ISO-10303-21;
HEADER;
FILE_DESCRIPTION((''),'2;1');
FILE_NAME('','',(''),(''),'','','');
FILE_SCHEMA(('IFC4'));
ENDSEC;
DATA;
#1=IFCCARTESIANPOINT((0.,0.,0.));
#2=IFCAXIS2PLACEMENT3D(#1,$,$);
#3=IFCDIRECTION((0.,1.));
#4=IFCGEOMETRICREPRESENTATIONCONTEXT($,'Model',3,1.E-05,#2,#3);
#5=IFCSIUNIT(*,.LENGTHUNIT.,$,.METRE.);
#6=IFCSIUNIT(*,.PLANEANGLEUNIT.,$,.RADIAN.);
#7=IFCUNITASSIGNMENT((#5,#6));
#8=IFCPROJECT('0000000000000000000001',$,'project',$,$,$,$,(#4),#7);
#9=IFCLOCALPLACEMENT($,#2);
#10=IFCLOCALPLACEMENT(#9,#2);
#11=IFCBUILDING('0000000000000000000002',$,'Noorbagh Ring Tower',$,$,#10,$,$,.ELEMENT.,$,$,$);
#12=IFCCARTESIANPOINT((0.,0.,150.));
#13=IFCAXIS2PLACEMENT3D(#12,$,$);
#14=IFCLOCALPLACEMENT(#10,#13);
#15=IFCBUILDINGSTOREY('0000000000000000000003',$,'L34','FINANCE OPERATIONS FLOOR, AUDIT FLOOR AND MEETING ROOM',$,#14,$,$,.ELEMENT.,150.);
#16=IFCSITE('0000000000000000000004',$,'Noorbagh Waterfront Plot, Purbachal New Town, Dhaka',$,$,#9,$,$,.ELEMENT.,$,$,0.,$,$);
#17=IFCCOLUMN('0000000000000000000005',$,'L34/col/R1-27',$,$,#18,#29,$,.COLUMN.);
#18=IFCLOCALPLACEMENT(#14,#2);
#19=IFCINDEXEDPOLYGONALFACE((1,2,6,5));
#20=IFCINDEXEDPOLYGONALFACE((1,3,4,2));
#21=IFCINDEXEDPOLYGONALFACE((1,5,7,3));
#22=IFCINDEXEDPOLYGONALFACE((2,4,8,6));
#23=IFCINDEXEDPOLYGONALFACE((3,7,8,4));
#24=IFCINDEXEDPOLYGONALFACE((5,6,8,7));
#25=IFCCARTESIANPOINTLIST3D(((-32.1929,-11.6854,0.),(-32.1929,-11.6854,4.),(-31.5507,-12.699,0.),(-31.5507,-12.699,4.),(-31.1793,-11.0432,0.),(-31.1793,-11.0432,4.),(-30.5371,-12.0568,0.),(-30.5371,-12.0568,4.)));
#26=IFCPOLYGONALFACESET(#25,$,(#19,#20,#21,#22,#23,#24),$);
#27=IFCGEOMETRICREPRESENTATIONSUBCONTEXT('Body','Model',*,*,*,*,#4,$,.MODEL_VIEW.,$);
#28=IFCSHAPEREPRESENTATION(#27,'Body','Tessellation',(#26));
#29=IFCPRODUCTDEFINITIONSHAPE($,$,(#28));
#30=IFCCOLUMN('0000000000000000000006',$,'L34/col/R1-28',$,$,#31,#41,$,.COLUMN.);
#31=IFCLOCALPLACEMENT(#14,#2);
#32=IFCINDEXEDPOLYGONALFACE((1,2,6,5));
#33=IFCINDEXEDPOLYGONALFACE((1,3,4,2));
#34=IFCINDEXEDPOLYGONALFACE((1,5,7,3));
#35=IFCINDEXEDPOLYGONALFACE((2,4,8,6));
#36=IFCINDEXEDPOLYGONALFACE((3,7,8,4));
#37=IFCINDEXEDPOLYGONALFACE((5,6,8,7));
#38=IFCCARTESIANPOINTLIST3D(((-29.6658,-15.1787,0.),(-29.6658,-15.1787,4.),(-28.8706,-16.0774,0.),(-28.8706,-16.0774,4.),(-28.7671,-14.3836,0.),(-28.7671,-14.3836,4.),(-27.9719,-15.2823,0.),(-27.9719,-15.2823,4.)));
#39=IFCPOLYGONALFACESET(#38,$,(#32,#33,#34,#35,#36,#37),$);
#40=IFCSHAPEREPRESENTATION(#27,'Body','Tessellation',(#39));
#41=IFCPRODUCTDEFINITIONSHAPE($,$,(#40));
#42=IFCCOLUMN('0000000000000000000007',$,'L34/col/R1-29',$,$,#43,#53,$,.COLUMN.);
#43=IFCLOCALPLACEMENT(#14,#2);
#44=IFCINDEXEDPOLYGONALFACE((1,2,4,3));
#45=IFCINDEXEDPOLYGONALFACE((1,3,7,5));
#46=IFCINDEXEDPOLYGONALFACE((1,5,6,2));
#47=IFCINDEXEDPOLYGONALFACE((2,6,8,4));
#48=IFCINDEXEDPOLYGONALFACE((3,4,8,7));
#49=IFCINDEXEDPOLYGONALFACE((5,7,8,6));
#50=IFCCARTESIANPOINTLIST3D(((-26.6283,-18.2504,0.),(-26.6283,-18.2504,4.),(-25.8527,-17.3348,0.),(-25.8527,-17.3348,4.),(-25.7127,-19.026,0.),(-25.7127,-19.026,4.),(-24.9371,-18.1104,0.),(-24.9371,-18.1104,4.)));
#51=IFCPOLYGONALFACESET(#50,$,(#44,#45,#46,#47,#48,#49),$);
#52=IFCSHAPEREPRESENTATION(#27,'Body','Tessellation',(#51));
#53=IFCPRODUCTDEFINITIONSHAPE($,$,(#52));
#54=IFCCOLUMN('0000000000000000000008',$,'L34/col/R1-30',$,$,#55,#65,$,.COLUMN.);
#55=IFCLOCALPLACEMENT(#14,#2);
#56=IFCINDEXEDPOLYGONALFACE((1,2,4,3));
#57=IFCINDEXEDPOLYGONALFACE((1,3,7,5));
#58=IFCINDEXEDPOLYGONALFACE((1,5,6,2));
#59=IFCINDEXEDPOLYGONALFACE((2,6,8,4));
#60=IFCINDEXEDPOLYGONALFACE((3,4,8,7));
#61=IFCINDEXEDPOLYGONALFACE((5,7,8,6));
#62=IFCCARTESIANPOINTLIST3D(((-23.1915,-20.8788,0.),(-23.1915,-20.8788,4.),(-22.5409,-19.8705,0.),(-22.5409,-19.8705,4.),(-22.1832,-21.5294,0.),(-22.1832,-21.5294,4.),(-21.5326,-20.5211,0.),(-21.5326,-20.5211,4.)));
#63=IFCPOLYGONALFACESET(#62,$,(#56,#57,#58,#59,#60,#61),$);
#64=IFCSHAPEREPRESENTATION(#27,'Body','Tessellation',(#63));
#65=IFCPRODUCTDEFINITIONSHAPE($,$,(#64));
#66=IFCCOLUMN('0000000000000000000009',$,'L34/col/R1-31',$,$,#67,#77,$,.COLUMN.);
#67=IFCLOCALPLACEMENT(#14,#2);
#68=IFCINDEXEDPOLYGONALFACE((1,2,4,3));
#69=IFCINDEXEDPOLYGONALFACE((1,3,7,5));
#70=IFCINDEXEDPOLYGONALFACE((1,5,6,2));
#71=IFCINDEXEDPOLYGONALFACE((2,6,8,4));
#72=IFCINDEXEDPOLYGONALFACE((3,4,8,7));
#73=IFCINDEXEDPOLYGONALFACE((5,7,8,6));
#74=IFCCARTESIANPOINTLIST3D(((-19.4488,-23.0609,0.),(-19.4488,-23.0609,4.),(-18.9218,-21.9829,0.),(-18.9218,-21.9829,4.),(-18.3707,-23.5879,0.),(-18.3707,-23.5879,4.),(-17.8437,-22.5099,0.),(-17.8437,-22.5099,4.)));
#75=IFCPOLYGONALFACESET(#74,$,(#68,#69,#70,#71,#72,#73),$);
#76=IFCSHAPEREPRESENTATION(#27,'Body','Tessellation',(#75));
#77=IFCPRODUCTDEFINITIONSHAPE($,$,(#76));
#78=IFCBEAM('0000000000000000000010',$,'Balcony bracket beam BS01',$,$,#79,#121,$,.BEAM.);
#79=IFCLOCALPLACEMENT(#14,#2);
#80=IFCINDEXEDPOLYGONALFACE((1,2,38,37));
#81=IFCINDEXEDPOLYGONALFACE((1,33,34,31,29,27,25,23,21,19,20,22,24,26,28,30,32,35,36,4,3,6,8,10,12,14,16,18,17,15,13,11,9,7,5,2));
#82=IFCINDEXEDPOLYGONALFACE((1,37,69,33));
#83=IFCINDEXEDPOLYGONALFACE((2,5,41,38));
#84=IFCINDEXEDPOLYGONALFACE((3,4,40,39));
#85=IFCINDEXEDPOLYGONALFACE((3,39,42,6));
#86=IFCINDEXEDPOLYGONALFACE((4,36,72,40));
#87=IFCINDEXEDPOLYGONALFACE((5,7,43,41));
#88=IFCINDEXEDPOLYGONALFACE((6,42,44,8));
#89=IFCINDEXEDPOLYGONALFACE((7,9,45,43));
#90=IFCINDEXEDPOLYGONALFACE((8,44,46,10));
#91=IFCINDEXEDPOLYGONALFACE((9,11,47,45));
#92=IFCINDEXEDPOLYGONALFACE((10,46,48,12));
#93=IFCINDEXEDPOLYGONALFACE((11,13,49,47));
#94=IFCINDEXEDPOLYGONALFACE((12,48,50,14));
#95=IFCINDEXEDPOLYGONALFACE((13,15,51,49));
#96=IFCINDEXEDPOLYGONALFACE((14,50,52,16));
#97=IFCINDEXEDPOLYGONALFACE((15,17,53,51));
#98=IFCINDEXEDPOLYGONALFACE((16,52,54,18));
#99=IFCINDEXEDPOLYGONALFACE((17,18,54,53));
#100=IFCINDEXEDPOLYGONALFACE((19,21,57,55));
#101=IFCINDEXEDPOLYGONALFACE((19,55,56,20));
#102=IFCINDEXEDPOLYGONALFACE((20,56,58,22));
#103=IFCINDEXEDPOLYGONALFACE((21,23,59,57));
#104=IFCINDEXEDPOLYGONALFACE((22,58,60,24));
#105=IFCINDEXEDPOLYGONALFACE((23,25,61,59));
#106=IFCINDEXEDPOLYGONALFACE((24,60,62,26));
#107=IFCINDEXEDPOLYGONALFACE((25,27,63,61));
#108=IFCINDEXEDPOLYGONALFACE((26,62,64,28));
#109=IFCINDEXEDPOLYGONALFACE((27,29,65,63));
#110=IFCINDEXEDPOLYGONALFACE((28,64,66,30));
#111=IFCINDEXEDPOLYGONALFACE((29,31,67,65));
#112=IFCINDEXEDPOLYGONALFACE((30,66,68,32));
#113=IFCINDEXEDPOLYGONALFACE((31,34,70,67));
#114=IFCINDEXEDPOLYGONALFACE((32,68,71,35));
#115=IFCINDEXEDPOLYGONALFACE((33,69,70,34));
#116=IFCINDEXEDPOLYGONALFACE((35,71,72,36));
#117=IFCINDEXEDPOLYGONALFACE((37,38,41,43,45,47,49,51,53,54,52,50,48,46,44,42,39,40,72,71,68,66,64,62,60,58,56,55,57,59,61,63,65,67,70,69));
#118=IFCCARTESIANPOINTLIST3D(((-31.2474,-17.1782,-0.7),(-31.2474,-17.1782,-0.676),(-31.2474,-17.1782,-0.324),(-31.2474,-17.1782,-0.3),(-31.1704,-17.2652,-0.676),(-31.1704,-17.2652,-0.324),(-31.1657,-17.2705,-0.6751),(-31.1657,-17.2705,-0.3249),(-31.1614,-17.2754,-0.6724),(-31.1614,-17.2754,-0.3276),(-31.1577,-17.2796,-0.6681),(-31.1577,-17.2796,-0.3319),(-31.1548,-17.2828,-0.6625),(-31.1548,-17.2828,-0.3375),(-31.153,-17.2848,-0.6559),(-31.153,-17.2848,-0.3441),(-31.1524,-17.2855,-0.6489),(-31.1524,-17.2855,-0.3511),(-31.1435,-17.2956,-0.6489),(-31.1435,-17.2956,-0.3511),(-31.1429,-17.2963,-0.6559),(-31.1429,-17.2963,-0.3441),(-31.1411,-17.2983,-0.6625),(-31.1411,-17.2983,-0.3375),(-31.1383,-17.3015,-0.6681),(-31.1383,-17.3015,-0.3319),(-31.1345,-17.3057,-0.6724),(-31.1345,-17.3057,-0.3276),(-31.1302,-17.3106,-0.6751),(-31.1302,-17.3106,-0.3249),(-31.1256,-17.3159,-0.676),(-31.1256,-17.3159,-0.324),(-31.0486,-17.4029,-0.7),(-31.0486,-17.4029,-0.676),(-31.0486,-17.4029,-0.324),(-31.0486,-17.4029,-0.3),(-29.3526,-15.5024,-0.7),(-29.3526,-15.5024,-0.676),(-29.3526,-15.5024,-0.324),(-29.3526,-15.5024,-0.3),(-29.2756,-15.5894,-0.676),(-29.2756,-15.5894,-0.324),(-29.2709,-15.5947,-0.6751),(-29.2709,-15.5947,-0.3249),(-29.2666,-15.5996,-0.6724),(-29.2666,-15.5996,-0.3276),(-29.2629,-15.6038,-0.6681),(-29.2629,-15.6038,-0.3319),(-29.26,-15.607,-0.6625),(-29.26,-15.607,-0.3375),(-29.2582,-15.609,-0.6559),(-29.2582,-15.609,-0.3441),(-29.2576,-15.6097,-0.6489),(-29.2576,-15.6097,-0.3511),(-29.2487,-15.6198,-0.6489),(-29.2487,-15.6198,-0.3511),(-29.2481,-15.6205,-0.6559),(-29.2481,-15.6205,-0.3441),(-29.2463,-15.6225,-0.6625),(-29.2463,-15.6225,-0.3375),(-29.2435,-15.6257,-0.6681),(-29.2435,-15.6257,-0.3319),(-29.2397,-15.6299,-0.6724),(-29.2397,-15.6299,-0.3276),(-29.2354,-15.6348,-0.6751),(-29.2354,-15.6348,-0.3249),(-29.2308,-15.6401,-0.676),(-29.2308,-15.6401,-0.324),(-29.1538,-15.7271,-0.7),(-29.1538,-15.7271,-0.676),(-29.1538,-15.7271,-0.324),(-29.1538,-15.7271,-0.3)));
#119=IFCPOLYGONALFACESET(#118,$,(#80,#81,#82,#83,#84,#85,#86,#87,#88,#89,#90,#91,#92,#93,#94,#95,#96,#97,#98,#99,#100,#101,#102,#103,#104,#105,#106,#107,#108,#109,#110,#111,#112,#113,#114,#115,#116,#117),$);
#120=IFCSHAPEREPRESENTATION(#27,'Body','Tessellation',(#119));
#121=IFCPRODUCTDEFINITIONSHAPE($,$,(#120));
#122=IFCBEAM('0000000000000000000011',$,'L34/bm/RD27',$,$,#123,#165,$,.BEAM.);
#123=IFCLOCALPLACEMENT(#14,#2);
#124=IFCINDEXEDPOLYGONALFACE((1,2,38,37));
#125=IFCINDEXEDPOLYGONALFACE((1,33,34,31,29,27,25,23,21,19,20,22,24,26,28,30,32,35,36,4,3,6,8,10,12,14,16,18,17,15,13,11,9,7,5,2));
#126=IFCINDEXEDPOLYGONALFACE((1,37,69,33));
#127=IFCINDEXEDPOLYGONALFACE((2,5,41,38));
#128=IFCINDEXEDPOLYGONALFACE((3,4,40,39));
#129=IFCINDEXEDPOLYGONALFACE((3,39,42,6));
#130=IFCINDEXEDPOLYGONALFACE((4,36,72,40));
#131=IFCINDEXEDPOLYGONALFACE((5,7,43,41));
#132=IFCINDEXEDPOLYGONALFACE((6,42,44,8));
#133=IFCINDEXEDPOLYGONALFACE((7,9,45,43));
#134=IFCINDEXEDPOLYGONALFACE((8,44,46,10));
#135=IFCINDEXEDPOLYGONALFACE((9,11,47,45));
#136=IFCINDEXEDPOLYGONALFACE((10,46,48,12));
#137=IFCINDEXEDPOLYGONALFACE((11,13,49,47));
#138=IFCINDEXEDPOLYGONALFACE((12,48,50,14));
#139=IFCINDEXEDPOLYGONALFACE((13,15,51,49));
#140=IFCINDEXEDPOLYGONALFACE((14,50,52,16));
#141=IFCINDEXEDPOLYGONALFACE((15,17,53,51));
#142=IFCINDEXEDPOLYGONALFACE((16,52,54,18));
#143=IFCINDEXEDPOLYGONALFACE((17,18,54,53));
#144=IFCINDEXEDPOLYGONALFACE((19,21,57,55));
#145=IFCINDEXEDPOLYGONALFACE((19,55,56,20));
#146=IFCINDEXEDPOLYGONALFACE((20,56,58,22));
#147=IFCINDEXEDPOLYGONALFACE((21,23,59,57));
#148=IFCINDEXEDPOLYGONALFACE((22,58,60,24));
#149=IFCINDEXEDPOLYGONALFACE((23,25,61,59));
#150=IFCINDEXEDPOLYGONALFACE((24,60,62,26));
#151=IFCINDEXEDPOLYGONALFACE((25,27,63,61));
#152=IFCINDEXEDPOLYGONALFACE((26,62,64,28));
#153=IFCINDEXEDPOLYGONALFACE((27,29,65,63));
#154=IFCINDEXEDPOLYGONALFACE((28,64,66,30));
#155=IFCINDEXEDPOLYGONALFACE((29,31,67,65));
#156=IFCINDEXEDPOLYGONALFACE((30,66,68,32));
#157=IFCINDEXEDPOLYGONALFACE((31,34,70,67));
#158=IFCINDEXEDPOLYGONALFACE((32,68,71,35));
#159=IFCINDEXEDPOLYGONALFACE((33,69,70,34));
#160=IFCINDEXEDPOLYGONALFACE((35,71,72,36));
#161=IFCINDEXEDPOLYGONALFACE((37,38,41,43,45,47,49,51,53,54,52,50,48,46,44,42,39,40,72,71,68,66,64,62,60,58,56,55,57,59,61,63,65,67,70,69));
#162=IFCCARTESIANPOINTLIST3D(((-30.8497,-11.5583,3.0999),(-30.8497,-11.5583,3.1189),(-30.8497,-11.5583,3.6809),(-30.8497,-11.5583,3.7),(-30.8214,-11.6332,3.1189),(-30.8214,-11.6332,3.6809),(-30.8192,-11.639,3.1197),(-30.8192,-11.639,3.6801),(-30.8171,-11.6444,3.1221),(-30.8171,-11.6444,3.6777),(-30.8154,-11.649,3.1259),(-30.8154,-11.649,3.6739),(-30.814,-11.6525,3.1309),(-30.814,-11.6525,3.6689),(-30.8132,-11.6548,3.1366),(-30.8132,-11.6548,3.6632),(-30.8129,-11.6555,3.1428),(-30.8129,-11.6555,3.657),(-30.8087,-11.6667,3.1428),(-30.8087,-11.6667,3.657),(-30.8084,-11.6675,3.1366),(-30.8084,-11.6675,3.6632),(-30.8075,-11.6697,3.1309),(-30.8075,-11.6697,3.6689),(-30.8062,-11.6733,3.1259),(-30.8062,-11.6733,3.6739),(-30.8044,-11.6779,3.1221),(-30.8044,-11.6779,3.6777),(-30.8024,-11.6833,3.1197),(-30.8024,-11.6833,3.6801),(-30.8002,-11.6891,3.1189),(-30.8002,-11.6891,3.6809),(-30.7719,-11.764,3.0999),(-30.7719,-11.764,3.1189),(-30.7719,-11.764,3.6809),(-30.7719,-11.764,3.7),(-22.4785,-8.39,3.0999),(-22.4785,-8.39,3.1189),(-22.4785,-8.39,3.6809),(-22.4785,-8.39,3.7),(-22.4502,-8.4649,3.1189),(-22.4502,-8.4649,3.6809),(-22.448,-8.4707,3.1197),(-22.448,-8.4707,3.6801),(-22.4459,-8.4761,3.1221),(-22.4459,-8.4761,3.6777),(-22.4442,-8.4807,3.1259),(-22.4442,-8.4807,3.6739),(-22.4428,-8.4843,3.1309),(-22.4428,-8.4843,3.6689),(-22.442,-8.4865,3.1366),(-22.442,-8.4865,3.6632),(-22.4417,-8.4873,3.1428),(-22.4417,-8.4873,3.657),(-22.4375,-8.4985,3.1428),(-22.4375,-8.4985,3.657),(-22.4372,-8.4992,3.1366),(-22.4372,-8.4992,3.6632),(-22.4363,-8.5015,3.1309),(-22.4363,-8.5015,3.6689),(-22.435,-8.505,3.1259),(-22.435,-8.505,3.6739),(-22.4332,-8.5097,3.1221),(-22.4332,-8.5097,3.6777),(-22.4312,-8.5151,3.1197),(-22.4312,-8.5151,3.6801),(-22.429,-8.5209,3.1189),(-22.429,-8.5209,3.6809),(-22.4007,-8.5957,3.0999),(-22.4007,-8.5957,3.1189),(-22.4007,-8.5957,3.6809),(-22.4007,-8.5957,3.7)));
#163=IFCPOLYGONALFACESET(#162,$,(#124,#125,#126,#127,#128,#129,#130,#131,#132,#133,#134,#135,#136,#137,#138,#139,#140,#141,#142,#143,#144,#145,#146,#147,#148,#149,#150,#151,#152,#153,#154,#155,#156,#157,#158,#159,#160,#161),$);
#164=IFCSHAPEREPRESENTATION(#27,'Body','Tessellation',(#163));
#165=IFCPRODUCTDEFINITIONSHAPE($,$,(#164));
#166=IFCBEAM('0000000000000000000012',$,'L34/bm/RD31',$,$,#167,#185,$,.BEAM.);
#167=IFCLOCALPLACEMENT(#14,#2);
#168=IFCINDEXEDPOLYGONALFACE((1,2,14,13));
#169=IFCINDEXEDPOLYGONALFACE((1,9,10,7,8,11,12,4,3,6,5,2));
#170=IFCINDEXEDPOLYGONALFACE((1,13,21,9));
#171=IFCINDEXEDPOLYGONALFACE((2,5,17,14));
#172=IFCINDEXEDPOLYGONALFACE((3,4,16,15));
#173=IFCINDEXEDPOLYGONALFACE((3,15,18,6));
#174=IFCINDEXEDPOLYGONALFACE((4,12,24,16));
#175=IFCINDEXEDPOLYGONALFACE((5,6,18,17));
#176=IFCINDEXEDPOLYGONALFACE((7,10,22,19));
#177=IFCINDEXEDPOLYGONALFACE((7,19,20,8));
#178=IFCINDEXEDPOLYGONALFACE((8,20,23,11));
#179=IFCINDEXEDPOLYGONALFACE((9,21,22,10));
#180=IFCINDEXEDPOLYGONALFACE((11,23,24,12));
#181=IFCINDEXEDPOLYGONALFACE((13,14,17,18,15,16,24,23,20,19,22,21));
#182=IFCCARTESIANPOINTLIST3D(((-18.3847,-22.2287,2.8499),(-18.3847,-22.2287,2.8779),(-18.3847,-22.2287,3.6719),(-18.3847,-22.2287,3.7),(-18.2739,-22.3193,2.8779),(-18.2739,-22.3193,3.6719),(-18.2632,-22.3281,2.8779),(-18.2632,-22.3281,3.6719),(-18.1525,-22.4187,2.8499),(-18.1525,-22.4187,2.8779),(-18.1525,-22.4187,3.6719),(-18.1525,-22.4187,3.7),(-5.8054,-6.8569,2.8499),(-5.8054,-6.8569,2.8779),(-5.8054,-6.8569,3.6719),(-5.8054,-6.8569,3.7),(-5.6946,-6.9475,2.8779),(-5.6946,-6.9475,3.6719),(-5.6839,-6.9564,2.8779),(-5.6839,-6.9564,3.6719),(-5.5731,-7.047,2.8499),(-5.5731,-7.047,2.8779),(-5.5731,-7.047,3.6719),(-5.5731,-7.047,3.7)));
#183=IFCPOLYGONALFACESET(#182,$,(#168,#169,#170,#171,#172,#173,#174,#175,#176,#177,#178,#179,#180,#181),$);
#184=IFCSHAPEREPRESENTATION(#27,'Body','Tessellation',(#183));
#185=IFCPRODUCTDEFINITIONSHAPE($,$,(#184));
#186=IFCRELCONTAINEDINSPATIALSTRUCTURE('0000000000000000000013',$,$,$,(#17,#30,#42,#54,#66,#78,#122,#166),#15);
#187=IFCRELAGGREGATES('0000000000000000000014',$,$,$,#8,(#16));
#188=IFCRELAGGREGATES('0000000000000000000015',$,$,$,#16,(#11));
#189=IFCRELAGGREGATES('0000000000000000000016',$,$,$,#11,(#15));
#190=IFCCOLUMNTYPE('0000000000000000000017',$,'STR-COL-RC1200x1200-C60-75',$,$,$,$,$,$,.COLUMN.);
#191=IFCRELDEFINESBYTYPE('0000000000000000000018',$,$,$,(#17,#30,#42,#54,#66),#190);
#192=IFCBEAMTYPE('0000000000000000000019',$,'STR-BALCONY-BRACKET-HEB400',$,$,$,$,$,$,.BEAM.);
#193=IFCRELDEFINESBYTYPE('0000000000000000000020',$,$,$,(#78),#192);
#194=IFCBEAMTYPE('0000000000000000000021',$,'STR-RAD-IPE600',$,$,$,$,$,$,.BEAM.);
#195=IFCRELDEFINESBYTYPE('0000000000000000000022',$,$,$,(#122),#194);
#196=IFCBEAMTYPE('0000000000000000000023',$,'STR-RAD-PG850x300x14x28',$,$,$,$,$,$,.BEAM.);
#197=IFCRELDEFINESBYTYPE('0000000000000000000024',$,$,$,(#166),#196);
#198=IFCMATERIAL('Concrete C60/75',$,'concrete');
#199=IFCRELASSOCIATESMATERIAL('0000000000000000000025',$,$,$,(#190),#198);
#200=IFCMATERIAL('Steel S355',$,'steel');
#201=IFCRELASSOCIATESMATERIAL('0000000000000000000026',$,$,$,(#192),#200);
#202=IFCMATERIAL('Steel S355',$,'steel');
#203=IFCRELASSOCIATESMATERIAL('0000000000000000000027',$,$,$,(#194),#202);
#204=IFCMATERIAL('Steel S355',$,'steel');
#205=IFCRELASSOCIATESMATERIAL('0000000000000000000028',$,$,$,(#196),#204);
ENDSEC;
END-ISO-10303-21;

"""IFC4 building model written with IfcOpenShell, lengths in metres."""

from ifc_helpers import new_model, si_unit, direction, frame, origin, origin_2d, place, context, subcontext, project, spatial, rectangle, i_section, extrude, material, material_profile, profile_set, type_object, element, save


model = new_model("IFC4")

# Units and contexts
model_context = context("Model", 3, precision=1e-05, world=origin(), true_north=direction((0.0, 1.0)))
body_context = subcontext(model_context, "Body", "Model", "MODEL_VIEW")
ifc_project = project(units=[si_unit("LENGTHUNIT", "METRE"), si_unit("PLANEANGLEUNIT", "RADIAN")], contexts=[model_context])

# Site, building, storey
site_placement = place(None, origin())
site = spatial("IfcSite", under=ifc_project, at=site_placement, Name="Noorbagh Waterfront Plot, Purbachal New Town, Dhaka", CompositionType="ELEMENT", RefElevation=0.0)
building_placement = place(site_placement, origin())
building = spatial("IfcBuilding", under=site, at=building_placement, Name="Noorbagh Ring Tower", CompositionType="ELEMENT")
storey_placement = place(building_placement, frame((0.0, 0.0, 150.0)))
storey = spatial("IfcBuildingStorey", under=building, at=storey_placement, Name="L34", Description="FINANCE OPERATIONS FLOOR, AUDIT FLOOR AND MEETING ROOM", CompositionType="ELEMENT", Elevation=150.0)

# Columns
ifc_material_1 = material(Name="Concrete C60/75", Category="concrete")
ifc_material_profile_1 = material_profile(ifc_material_1, rectangle(XDim=1.2, YDim=1.2, at=origin_2d()), Name="RC1200x1200")
ifc_profile_set_1 = profile_set([ifc_material_profile_1], Name="Concrete C60/75")
column_type = type_object("IfcColumnType", Name="STR-COL-RC1200x1200-C60-75", PredefinedType="COLUMN", material=ifc_profile_set_1)
for number, where, z_axis, x_axis, name in (
    (1, (-31.365, -11.8711, 0.0), (0.0, 0.0, 1.0), (0.53519, -0.844731, 0.0), "L34/col/R1-27"),
    (2, (-28.8188, -15.2305, 0.0), (0.0, 0.0, 1.0), (0.662636, -0.748942, 0.0), "L34/col/R1-28"),
    (3, (-25.7827, -18.1804, 0.0), (0.0, 0.0, 1.0), (0.763035, -0.646357, 0.0), "L34/col/R1-29"),
    (4, (-22.3621, -20.7, 0.0), (0.0, 0.0, 1.0), (0.840248, -0.542203, 0.0), "L34/col/R1-30"),
    (5, (-18.6462, -22.7854, 0.0), (0.0, 0.0, 1.0), (0.898399, -0.43918, 0.0), "L34/col/R1-31"),
):
    element("IfcColumn", number, at=place(storey_placement, frame(where, z_axis=z_axis, x_axis=x_axis)), inside=storey, type_object=column_type, Name=name, PredefinedType="COLUMN", context=body_context, shape_type="SweptSolid", body=[
        extrude(rectangle(XDim=1.2, YDim=1.2, at=origin_2d()), origin(), (0.0, 0.0, 1.0), 4.0),
    ])

# Beams
ifc_material_2 = material(Name="Steel S355", Category="steel")
ifc_material_profile_2 = material_profile(ifc_material_2, i_section(OverallWidth=0.3, OverallDepth=0.3999, WebThickness=0.0134, FlangeThickness=0.0239, FilletRadius=0.0271, at=origin_2d()), Name="HEB400")
ifc_profile_set_2 = profile_set([ifc_material_profile_2], Name="Steel S355")
beam_type_1 = type_object("IfcBeamType", Name="STR-BALCONY-BRACKET-HEB400", PredefinedType="BEAM", material=ifc_profile_set_2)
beam_1_placement = place(storey_placement, frame((-29.2532, -15.6147, -0.5), z_axis=(-0.749068, -0.662493, 0.0), x_axis=(0.662493, -0.749068, 0.0)))
element("IfcBeam", 6, at=beam_1_placement, inside=storey, type_object=beam_type_1, Name="Balcony bracket beam BS01", PredefinedType="BEAM", context=body_context, shape_type="SweptSolid", body=[
    extrude(i_section(OverallWidth=0.3, OverallDepth=0.3999, WebThickness=0.0134, FlangeThickness=0.0239, FilletRadius=0.0271, at=origin_2d()), origin(), (0.0, 0.0, 1.0), 2.5295),
])
ifc_material_3 = material(Name="Steel S355", Category="steel")
ifc_material_profile_3 = material_profile(ifc_material_3, i_section(OverallWidth=0.22, OverallDepth=0.6001, WebThickness=0.012, FlangeThickness=0.019, FilletRadius=0.0239, at=origin_2d()), Name="IPE600")
ifc_profile_set_3 = profile_set([ifc_material_profile_3], Name="Steel S355")
beam_type_2 = type_object("IfcBeamType", Name="STR-RAD-IPE600", PredefinedType="BEAM", material=ifc_profile_set_3)
beam_2_placement = place(storey_placement, frame((-30.8108, -11.6611, 3.3999), z_axis=(0.935258, 0.353968, 0.0), x_axis=(-0.353968, 0.935258, 0.0)))
element("IfcBeam", 7, at=beam_2_placement, inside=storey, type_object=beam_type_2, Name="L34/bm/RD27", PredefinedType="BEAM", context=body_context, shape_type="SweptSolid", body=[
    extrude(i_section(OverallWidth=0.22, OverallDepth=0.6001, WebThickness=0.012, FlangeThickness=0.019, FilletRadius=0.0239, at=origin_2d()), origin(), (0.0, 0.0, 1.0), 8.9507),
])
ifc_material_4 = material(Name="Steel S355", Category="steel")
ifc_material_profile_4 = material_profile(ifc_material_4, i_section(OverallWidth=0.3, OverallDepth=0.8501, WebThickness=0.0139, FlangeThickness=0.0281, at=origin_2d()), Name="PG850x300x14x28")
ifc_profile_set_4 = profile_set([ifc_material_profile_4], Name="Steel S355")
beam_type_3 = type_object("IfcBeamType", Name="STR-RAD-PG850x300x14x28", PredefinedType="BEAM", material=ifc_profile_set_4)
beam_3_placement = place(storey_placement, frame((-18.2686, -22.3237, 3.2749), z_axis=(0.63331, 0.773898, 0.0), x_axis=(-0.773898, 0.63331, 0.0)))
element("IfcBeam", 8, at=beam_3_placement, inside=storey, type_object=beam_type_3, Name="L34/bm/RD31", PredefinedType="BEAM", context=body_context, shape_type="SweptSolid", body=[
    extrude(i_section(OverallWidth=0.3, OverallDepth=0.8501, WebThickness=0.0139, FlangeThickness=0.0281, at=origin_2d()), origin(), (0.0, 0.0, 1.0), 19.8628),
])

save(model, "model.ifc")
